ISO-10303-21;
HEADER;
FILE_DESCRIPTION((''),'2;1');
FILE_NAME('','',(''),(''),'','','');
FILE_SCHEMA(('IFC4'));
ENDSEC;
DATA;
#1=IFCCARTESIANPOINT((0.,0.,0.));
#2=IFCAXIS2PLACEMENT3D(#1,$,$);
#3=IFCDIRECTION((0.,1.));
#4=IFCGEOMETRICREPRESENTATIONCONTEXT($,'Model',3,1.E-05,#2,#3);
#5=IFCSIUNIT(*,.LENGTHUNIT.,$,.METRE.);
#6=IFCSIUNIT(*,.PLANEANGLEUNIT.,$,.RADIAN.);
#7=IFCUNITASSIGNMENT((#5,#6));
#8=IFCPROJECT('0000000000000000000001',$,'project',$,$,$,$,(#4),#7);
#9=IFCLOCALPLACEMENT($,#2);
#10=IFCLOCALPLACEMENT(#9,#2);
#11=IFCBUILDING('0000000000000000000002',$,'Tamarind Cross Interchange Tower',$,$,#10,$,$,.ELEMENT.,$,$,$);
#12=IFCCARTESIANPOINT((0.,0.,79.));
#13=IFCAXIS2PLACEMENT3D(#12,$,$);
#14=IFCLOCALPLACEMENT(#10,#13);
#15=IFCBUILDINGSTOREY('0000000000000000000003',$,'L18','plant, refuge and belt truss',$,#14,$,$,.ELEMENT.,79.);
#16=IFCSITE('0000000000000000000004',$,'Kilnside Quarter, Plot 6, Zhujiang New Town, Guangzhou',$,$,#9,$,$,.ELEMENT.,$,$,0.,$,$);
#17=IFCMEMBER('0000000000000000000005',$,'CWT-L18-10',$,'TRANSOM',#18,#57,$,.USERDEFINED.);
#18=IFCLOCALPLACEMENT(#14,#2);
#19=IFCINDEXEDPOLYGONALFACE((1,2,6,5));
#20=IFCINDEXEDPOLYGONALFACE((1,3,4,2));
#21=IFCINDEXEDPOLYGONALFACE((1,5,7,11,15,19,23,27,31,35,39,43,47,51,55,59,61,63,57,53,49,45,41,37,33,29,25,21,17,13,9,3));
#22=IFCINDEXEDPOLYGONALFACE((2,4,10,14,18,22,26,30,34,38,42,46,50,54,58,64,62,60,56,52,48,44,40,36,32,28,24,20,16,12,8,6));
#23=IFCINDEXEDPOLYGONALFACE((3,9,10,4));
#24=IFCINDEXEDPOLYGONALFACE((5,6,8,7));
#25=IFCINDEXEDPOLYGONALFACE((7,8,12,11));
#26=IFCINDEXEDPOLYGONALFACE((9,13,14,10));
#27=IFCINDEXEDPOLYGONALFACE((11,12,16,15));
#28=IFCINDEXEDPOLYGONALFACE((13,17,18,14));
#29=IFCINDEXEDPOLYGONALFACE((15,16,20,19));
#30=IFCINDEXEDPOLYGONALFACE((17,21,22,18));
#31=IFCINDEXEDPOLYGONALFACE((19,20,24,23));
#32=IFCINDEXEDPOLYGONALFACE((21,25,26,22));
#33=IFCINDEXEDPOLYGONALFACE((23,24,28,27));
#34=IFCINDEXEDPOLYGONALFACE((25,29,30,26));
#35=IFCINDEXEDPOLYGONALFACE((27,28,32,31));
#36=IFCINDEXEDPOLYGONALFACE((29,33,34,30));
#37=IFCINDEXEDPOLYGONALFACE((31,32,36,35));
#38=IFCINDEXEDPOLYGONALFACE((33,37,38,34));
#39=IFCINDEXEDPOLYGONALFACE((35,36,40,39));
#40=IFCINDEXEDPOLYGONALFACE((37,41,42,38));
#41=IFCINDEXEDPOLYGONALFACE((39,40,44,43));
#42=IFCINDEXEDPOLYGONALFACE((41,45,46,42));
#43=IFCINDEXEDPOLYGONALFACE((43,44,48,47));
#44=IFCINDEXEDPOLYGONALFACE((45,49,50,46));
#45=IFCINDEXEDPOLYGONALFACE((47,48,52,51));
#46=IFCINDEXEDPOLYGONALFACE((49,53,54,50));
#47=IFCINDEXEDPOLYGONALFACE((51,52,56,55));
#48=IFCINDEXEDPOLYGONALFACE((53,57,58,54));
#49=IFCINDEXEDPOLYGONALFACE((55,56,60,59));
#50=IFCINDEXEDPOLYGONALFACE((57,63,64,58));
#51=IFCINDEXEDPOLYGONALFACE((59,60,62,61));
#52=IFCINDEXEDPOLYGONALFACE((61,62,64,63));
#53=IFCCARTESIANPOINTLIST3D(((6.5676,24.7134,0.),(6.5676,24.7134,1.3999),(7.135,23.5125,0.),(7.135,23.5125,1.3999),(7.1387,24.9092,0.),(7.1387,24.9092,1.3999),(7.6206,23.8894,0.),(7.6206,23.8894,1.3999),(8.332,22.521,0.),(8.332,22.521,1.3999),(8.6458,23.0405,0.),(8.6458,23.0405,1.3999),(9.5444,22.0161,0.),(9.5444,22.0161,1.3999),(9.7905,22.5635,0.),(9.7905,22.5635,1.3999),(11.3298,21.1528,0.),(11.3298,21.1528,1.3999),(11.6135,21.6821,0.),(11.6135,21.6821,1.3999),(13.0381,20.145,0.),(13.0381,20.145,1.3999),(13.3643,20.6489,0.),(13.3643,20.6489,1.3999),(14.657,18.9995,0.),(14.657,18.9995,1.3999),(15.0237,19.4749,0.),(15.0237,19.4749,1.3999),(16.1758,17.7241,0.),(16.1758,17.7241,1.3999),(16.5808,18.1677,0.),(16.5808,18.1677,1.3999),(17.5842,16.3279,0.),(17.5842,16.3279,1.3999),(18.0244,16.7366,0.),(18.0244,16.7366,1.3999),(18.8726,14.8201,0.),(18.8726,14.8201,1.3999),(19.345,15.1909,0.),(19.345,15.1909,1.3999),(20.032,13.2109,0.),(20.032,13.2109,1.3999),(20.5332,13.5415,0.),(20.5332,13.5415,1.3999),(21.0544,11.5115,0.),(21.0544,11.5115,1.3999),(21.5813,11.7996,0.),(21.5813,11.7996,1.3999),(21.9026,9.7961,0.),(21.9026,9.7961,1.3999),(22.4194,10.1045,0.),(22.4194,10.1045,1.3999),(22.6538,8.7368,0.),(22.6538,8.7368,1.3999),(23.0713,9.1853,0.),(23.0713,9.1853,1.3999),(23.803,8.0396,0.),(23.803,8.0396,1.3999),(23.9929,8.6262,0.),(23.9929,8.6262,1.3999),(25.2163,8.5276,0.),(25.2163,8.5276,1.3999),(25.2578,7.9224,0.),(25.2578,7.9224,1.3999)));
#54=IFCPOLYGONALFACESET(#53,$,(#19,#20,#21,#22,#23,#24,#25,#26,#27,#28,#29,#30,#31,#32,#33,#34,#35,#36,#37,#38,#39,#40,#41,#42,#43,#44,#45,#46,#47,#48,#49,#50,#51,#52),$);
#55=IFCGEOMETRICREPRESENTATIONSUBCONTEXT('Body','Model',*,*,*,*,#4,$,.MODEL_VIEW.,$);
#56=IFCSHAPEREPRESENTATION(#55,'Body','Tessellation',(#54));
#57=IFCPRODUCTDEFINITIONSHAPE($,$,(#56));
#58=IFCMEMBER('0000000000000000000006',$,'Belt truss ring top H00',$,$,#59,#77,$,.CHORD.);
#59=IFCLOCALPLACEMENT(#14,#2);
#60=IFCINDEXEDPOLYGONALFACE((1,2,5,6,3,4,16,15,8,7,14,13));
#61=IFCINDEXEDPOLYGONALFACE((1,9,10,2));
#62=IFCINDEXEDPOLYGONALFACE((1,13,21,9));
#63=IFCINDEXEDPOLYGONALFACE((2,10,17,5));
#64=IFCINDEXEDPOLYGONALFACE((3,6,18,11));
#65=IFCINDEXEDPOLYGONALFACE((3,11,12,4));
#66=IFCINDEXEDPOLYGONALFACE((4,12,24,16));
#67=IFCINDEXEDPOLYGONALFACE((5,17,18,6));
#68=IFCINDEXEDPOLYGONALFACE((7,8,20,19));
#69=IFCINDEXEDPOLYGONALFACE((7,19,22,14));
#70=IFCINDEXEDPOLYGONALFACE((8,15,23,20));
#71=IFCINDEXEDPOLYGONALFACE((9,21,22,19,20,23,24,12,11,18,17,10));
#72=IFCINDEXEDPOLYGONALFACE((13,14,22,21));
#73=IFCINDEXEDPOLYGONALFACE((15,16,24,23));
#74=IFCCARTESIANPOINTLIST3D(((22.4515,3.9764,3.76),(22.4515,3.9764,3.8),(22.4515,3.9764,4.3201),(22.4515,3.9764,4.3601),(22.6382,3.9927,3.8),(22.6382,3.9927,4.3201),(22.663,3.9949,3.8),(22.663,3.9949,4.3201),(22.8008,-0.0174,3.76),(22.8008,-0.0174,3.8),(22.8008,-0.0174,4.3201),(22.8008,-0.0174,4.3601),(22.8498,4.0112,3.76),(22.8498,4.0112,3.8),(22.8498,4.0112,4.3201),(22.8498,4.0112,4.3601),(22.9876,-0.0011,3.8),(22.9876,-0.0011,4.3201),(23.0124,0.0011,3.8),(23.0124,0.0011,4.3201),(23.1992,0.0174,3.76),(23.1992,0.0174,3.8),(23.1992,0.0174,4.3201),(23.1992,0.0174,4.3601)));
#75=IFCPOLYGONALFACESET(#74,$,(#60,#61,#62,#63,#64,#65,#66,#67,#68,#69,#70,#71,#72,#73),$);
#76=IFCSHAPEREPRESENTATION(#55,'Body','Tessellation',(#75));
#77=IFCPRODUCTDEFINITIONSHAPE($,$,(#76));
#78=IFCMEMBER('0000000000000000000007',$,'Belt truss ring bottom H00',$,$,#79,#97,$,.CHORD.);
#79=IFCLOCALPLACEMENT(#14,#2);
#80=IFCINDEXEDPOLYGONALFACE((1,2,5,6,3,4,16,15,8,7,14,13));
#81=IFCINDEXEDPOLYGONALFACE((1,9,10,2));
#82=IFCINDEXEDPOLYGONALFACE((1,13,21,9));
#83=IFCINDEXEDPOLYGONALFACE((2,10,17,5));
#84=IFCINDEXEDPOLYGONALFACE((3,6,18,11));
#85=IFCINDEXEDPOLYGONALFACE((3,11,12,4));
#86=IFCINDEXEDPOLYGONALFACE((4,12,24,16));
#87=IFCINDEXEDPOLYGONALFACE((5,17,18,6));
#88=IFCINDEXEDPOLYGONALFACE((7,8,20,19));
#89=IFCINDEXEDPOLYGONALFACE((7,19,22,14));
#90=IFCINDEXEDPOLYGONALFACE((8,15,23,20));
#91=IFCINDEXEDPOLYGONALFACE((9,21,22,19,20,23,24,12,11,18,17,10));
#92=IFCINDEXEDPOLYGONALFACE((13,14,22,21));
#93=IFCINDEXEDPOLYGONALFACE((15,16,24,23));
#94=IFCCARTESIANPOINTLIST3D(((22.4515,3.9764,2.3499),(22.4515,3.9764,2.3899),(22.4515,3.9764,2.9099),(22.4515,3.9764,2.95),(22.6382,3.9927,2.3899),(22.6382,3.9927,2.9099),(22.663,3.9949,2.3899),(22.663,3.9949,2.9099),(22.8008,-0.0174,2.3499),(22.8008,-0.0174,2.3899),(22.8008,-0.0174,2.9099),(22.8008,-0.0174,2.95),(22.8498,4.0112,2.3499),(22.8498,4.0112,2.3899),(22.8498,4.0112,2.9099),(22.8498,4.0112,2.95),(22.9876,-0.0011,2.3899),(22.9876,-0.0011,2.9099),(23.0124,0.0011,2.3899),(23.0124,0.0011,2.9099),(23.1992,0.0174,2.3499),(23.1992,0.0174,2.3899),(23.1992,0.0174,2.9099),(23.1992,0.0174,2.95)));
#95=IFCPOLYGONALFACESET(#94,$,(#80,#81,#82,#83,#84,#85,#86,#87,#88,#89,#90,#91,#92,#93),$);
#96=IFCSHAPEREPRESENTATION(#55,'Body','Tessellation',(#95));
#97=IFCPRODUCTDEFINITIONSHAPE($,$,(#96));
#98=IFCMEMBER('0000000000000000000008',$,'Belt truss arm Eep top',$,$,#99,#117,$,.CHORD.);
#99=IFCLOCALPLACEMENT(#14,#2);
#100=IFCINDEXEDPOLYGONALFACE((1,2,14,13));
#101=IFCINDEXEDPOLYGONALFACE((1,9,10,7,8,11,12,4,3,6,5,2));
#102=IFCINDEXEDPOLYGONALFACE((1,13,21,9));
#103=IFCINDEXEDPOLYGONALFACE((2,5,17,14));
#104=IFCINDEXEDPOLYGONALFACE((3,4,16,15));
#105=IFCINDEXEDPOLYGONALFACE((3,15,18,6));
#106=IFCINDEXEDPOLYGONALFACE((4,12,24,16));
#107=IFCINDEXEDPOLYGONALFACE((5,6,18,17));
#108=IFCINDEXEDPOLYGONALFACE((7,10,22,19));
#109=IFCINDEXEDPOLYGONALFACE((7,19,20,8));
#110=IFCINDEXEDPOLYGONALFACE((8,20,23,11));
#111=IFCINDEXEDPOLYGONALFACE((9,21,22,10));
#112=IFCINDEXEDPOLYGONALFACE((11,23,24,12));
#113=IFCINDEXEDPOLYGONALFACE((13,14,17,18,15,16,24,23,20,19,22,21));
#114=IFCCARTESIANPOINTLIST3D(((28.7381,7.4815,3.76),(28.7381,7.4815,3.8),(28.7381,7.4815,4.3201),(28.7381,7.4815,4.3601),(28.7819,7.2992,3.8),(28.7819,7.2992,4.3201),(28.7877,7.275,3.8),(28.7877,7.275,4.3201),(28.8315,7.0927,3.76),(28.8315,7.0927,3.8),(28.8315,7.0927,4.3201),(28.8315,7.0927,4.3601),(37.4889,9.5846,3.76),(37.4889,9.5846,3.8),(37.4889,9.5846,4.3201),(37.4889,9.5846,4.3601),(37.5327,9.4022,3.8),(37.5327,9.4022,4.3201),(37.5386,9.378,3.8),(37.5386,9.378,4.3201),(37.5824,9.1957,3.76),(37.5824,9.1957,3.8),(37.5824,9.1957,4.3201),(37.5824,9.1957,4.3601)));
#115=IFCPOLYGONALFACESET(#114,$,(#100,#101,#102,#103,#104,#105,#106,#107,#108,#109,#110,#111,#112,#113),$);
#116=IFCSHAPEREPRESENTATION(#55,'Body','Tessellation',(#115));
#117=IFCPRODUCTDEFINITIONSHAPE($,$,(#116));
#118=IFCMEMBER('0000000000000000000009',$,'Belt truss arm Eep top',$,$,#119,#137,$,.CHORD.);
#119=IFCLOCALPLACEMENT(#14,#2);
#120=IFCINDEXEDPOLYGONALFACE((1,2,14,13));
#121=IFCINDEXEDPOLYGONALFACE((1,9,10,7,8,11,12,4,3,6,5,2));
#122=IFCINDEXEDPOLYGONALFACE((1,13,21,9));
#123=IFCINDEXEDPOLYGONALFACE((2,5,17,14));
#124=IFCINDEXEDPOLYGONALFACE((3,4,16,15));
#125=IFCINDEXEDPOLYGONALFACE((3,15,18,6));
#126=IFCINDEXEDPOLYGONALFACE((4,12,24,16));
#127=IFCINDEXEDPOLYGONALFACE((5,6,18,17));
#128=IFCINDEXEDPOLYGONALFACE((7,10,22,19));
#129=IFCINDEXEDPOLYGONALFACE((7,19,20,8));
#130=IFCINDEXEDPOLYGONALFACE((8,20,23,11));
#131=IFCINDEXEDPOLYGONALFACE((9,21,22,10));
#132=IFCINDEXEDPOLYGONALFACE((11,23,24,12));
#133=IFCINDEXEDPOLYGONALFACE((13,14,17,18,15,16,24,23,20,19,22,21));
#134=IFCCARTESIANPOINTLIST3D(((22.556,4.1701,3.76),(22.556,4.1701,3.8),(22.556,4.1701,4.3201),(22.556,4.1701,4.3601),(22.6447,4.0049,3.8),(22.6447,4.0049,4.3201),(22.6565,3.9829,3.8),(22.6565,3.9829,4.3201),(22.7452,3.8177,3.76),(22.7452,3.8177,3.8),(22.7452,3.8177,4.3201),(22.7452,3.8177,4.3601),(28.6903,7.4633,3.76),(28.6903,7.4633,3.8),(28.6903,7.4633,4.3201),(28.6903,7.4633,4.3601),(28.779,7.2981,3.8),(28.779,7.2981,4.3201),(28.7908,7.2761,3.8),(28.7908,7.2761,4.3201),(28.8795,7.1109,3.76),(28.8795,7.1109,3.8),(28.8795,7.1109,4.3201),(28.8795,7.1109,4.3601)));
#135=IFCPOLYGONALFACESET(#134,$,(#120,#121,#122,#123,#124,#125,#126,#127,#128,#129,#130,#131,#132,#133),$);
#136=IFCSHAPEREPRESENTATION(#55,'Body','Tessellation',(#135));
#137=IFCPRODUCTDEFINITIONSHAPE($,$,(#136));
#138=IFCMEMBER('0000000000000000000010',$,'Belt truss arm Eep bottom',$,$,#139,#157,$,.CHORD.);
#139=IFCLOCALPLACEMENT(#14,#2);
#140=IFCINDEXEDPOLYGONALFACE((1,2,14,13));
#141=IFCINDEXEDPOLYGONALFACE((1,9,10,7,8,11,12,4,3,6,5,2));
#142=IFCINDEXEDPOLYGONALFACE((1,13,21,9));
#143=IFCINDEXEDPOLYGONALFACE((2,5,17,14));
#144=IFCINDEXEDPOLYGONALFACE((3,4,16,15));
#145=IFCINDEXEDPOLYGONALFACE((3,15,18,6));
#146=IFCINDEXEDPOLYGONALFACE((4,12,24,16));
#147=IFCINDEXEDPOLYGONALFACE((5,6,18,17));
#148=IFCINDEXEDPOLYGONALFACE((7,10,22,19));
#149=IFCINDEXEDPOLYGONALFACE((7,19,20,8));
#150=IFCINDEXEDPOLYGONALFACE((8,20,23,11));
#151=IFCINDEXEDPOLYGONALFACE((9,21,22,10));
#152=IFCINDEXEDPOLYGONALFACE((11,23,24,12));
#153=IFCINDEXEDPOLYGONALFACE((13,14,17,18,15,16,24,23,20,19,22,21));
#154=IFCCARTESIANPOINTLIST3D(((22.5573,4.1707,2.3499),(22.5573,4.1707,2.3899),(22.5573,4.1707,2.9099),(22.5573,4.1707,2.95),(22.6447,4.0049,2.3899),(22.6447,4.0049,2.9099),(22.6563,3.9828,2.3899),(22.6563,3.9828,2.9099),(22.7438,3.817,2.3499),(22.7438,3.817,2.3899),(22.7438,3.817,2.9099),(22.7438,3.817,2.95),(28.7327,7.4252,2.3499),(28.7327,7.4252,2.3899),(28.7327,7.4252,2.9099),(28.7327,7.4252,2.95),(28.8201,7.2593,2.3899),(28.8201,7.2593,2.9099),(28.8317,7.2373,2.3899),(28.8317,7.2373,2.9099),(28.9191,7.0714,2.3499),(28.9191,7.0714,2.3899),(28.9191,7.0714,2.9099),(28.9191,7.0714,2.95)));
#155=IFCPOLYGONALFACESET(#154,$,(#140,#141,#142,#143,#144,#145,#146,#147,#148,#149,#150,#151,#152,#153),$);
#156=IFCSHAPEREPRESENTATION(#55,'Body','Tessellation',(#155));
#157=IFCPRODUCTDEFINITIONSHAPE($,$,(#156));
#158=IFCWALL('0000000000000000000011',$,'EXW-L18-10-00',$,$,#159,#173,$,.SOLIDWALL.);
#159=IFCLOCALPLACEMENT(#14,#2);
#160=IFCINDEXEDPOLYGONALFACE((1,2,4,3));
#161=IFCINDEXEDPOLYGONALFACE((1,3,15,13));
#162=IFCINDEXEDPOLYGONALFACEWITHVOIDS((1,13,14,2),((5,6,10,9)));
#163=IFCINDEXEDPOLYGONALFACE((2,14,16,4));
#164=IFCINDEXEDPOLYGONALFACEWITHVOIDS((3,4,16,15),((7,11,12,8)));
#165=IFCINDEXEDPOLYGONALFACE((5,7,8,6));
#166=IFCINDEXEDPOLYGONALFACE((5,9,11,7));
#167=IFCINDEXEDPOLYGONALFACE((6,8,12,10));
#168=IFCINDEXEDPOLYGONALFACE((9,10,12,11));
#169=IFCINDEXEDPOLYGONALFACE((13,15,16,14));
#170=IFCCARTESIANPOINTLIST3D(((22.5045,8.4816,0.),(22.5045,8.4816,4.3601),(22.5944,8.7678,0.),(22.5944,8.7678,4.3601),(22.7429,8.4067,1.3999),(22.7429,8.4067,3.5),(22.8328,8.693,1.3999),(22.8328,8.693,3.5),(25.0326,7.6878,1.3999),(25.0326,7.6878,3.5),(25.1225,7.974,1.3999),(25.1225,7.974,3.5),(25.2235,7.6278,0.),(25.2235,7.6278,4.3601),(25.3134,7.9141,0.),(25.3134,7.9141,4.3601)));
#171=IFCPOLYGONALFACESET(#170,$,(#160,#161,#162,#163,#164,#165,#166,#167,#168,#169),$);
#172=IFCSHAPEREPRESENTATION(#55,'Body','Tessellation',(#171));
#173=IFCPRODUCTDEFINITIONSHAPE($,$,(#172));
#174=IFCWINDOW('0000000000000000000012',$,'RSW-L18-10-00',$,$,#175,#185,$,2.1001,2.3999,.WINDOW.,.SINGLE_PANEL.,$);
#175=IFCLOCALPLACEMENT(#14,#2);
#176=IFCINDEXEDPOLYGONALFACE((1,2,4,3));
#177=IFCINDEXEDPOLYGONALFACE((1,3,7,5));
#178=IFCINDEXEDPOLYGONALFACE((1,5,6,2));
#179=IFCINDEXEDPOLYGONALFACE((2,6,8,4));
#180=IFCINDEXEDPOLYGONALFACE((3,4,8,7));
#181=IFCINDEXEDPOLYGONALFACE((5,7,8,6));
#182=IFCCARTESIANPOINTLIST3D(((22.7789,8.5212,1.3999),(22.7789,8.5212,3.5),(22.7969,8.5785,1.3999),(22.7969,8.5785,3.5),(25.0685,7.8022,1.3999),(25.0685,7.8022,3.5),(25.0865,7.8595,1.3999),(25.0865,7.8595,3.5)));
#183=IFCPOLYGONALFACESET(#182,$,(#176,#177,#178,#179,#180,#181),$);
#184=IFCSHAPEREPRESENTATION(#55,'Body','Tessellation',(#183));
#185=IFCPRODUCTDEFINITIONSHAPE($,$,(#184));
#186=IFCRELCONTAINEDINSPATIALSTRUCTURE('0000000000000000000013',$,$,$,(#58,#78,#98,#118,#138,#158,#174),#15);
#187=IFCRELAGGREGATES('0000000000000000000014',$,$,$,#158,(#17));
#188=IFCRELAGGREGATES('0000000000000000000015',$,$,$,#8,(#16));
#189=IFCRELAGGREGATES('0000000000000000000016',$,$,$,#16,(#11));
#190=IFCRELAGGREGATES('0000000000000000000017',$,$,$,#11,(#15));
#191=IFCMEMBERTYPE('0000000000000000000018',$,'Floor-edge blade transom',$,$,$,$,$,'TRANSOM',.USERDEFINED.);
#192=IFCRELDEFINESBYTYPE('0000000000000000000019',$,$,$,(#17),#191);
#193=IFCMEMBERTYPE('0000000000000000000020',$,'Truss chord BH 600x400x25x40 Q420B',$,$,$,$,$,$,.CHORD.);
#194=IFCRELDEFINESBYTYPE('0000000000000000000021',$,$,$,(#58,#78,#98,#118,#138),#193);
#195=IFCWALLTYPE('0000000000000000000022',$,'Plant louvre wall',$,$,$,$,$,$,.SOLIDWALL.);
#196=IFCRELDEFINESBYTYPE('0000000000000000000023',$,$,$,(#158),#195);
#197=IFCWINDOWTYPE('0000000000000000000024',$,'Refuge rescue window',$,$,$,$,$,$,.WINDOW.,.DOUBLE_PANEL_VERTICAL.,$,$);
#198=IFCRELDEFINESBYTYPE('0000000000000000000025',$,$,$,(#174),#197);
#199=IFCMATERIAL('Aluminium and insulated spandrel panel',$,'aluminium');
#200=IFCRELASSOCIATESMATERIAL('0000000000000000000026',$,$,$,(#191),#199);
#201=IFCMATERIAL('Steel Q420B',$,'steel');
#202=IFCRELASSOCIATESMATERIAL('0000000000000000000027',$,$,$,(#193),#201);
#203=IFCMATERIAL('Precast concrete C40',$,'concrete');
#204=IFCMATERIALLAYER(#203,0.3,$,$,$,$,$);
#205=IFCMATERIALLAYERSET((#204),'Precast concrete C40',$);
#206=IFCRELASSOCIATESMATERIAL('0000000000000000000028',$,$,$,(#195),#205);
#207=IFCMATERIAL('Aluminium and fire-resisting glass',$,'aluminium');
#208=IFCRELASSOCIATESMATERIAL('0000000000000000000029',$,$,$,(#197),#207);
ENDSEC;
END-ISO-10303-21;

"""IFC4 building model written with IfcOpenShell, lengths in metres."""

from ifc_helpers import new_model, si_unit, direction, frame, frame_2d, origin, origin_2d, place, context, subcontext, project, spatial, polyline, rectangle, i_section, outline, extrude, material, layer, layer_set, material_profile, profile_set, type_object, element, fill, aggregate, save


model = new_model("IFC4")

# Units and contexts
model_context = context("Model", 3, precision=1e-05, world=origin(), true_north=direction((0.0, 1.0)))
body_context = subcontext(model_context, "Body", "Model", "MODEL_VIEW")
ifc_project = project(units=[si_unit("LENGTHUNIT", "METRE"), si_unit("PLANEANGLEUNIT", "RADIAN")], contexts=[model_context])

# Site, building, storey
site_placement = place(None, origin())
site = spatial("IfcSite", under=ifc_project, at=site_placement, Name="Kilnside Quarter, Plot 6, Zhujiang New Town, Guangzhou", CompositionType="ELEMENT", RefElevation=0.0)
building_placement = place(site_placement, origin())
building = spatial("IfcBuilding", under=site, at=building_placement, Name="Tamarind Cross Interchange Tower", CompositionType="ELEMENT")
storey_placement = place(building_placement, frame((0.0, 0.0, 79.0)))
storey = spatial("IfcBuildingStorey", under=building, at=storey_placement, Name="L18", Description="plant, refuge and belt truss", CompositionType="ELEMENT", Elevation=79.0)

# Member
ifc_material_1 = material(Name="Aluminium and insulated spandrel panel", Category="aluminium")
member_type_1 = type_object("IfcMemberType", Name="Floor-edge blade transom", ElementType="TRANSOM", PredefinedType="USERDEFINED", material=ifc_material_1)
member_1_placement = place(storey_placement, origin())
member_1 = element("IfcMember", 1, at=member_1_placement, type_object=member_type_1, Name="CWT-L18-10", ObjectType="TRANSOM", PredefinedType="USERDEFINED", context=body_context, shape_type="SweptSolid", body=[
    extrude(outline(polyline([(25.2578, 7.9224), (23.803, 8.0396), (22.6538, 8.7368), (21.9026, 9.7961), (21.0544, 11.5115), (20.032, 13.2109), (18.8726, 14.8201), (17.5842, 16.3279), (16.1758, 17.7241), (14.657, 18.9995), (13.0381, 20.145), (11.3298, 21.1528), (9.5444, 22.0161), (8.332, 22.521), (7.135, 23.5125), (6.5676, 24.7134), (7.1387, 24.9092), (7.6206, 23.8894), (8.6458, 23.0405), (9.7905, 22.5635), (11.6135, 21.6821), (13.3643, 20.6489), (15.0237, 19.4749), (16.5808, 18.1677), (18.0244, 16.7366), (19.345, 15.1909), (20.5332, 13.5415), (21.5813, 11.7996), (22.4194, 10.1045), (23.0713, 9.1853), (23.9929, 8.6262), (25.2163, 8.5276), (25.2578, 7.9224)])), origin(), (0.0, 0.0, 1.0), 1.3999),
])

# Members
ifc_material_2 = material(Name="Steel Q420B", Category="steel")
ifc_material_profile_1 = material_profile(ifc_material_2, i_section(OverallWidth=0.3999, OverallDepth=0.6001, WebThickness=0.0249, FlangeThickness=0.04, at=origin_2d()), Name="BH 600x400x25x40")
ifc_profile_set_1 = profile_set([ifc_material_profile_1], Name="Steel Q420B")
member_type_2 = type_object("IfcMemberType", Name="Truss chord BH 600x400x25x40 Q420B", PredefinedType="CHORD", material=ifc_profile_set_1)
for number, where, z_axis, x_axis, name in (
    (2, (23.0, 0.0, 4.0601), (-0.087142, 0.996196, 0.0), (-0.996196, -0.087142, 0.0), "Belt truss ring top H00"),
    (3, (23.0, 0.0, 2.6499), (-0.087142, 0.996196, 0.0), (-0.996196, -0.087142, 0.0), "Belt truss ring bottom H00"),
):
    element("IfcMember", number, at=place(storey_placement, frame(where, z_axis=z_axis, x_axis=x_axis)), inside=storey, type_object=member_type_2, Name=name, PredefinedType="CHORD", context=body_context, shape_type="SweptSolid", body=[
        extrude(i_section(OverallWidth=0.3999, OverallDepth=0.6001, WebThickness=0.0249, FlangeThickness=0.04, at=origin_2d()), origin(), (0.0, 0.0, 1.0), 4.009),
    ])
member_2_placement = place(storey_placement, frame((37.5356, 9.3901, 4.0601), z_axis=(-0.972315, -0.233673, 0.0), x_axis=(0.233673, -0.972315, 0.0)))
element("IfcMember", 4, at=member_2_placement, inside=storey, type_object=member_type_2, Name="Belt truss arm Eep top", PredefinedType="CHORD", context=body_context, shape_type="SweptSolid", body=[
    extrude(i_section(OverallWidth=0.3999, OverallDepth=0.6001, WebThickness=0.0249, FlangeThickness=0.04, at=origin_2d()), origin(), (0.0, 0.0, 1.0), 9.0),
])
member_3_placement = place(storey_placement, frame((28.7849, 7.2871, 4.0601), z_axis=(-0.881062, -0.473002, 0.0), x_axis=(0.473002, -0.881062, 0.0)))
element("IfcMember", 5, at=member_3_placement, inside=storey, type_object=member_type_2, Name="Belt truss arm Eep top", PredefinedType="CHORD", context=body_context, shape_type="SweptSolid", body=[
    extrude(i_section(OverallWidth=0.3999, OverallDepth=0.6001, WebThickness=0.0249, FlangeThickness=0.04, at=origin_2d()), origin(), (0.0, 0.0, 1.0), 6.9624),
])
member_4_placement = place(storey_placement, frame((28.8259, 7.2483, 2.6499), z_axis=(-0.884668, -0.466222, 0.0), x_axis=(0.466222, -0.884668, 0.0)))
element("IfcMember", 6, at=member_4_placement, inside=storey, type_object=member_type_2, Name="Belt truss arm Eep bottom", PredefinedType="CHORD", context=body_context, shape_type="SweptSolid", body=[
    extrude(i_section(OverallWidth=0.3999, OverallDepth=0.6001, WebThickness=0.0249, FlangeThickness=0.04, at=origin_2d()), origin(), (0.0, 0.0, 1.0), 6.9805),
])

# Wall, opening, window
ifc_material_3 = material(Name="Precast concrete C40", Category="concrete")
ifc_layer_1 = layer(ifc_material_3, 0.3)
ifc_layer_set_1 = layer_set([ifc_layer_1], Name="Precast concrete C40")
wall_type_1 = type_object("IfcWallType", Name="Plant louvre wall", PredefinedType="SOLIDWALL", material=ifc_layer_set_1)
wall_1_placement = place(storey_placement, frame((25.2683, 7.771, 0.0), z_axis=(0.0, 0.0, 1.0), x_axis=(-0.954072, 0.299577, 0.0)))
wall_1 = element("IfcWall", 7, at=wall_1_placement, inside=storey, type_object=wall_type_1, Name="EXW-L18-10-00", PredefinedType="SOLIDWALL", context=body_context, shape_type="SweptSolid", body=[
    extrude(rectangle(XDim=2.8499, YDim=0.3, at=frame_2d((1.4248, 0.0))), origin(), (0.0, 0.0, 1.0), 4.3601),
])
opening_1_placement = place(wall_1_placement, frame((0.2, 0.0, 1.3999)))
opening_1 = element("IfcOpeningElement", 8, at=opening_1_placement, cuts=wall_1, PredefinedType="OPENING", context=body_context, shape_type="SweptSolid", body=[
    extrude(rectangle(XDim=2.3999, YDim=2.1001, at=frame_2d((1.2, 1.05))), frame((0.0, 0.1599, 0.0), z_axis=(0.0, -1.0, 0.0), x_axis=(1.0, 0.0, 0.0)), (0.0, 0.0, 1.0), 0.3201),
])
ifc_material_4 = material(Name="Aluminium and fire-resisting glass", Category="aluminium")
window_type = type_object("IfcWindowType", Name="Refuge rescue window", PartitioningType="DOUBLE_PANEL_VERTICAL", PredefinedType="WINDOW", material=ifc_material_4)
window_placement = place(opening_1_placement, origin())
window = element("IfcWindow", 9, at=window_placement, inside=storey, type_object=window_type, Name="RSW-L18-10-00", OverallHeight=2.1001, OverallWidth=2.3999, PartitioningType="SINGLE_PANEL", PredefinedType="WINDOW", context=body_context, shape_type="SweptSolid", body=[
    extrude(rectangle(XDim=2.3999, YDim=2.1001, at=frame_2d((1.2, 1.05))), frame((0.0, 0.03, 0.0), z_axis=(0.0, -1.0, 0.0), x_axis=(1.0, 0.0, 0.0)), (0.0, 0.0, 1.0), 0.0601),
])
fill(opening_1, window)
aggregate(wall_1, [member_1])

save(model, "model.ifc")
